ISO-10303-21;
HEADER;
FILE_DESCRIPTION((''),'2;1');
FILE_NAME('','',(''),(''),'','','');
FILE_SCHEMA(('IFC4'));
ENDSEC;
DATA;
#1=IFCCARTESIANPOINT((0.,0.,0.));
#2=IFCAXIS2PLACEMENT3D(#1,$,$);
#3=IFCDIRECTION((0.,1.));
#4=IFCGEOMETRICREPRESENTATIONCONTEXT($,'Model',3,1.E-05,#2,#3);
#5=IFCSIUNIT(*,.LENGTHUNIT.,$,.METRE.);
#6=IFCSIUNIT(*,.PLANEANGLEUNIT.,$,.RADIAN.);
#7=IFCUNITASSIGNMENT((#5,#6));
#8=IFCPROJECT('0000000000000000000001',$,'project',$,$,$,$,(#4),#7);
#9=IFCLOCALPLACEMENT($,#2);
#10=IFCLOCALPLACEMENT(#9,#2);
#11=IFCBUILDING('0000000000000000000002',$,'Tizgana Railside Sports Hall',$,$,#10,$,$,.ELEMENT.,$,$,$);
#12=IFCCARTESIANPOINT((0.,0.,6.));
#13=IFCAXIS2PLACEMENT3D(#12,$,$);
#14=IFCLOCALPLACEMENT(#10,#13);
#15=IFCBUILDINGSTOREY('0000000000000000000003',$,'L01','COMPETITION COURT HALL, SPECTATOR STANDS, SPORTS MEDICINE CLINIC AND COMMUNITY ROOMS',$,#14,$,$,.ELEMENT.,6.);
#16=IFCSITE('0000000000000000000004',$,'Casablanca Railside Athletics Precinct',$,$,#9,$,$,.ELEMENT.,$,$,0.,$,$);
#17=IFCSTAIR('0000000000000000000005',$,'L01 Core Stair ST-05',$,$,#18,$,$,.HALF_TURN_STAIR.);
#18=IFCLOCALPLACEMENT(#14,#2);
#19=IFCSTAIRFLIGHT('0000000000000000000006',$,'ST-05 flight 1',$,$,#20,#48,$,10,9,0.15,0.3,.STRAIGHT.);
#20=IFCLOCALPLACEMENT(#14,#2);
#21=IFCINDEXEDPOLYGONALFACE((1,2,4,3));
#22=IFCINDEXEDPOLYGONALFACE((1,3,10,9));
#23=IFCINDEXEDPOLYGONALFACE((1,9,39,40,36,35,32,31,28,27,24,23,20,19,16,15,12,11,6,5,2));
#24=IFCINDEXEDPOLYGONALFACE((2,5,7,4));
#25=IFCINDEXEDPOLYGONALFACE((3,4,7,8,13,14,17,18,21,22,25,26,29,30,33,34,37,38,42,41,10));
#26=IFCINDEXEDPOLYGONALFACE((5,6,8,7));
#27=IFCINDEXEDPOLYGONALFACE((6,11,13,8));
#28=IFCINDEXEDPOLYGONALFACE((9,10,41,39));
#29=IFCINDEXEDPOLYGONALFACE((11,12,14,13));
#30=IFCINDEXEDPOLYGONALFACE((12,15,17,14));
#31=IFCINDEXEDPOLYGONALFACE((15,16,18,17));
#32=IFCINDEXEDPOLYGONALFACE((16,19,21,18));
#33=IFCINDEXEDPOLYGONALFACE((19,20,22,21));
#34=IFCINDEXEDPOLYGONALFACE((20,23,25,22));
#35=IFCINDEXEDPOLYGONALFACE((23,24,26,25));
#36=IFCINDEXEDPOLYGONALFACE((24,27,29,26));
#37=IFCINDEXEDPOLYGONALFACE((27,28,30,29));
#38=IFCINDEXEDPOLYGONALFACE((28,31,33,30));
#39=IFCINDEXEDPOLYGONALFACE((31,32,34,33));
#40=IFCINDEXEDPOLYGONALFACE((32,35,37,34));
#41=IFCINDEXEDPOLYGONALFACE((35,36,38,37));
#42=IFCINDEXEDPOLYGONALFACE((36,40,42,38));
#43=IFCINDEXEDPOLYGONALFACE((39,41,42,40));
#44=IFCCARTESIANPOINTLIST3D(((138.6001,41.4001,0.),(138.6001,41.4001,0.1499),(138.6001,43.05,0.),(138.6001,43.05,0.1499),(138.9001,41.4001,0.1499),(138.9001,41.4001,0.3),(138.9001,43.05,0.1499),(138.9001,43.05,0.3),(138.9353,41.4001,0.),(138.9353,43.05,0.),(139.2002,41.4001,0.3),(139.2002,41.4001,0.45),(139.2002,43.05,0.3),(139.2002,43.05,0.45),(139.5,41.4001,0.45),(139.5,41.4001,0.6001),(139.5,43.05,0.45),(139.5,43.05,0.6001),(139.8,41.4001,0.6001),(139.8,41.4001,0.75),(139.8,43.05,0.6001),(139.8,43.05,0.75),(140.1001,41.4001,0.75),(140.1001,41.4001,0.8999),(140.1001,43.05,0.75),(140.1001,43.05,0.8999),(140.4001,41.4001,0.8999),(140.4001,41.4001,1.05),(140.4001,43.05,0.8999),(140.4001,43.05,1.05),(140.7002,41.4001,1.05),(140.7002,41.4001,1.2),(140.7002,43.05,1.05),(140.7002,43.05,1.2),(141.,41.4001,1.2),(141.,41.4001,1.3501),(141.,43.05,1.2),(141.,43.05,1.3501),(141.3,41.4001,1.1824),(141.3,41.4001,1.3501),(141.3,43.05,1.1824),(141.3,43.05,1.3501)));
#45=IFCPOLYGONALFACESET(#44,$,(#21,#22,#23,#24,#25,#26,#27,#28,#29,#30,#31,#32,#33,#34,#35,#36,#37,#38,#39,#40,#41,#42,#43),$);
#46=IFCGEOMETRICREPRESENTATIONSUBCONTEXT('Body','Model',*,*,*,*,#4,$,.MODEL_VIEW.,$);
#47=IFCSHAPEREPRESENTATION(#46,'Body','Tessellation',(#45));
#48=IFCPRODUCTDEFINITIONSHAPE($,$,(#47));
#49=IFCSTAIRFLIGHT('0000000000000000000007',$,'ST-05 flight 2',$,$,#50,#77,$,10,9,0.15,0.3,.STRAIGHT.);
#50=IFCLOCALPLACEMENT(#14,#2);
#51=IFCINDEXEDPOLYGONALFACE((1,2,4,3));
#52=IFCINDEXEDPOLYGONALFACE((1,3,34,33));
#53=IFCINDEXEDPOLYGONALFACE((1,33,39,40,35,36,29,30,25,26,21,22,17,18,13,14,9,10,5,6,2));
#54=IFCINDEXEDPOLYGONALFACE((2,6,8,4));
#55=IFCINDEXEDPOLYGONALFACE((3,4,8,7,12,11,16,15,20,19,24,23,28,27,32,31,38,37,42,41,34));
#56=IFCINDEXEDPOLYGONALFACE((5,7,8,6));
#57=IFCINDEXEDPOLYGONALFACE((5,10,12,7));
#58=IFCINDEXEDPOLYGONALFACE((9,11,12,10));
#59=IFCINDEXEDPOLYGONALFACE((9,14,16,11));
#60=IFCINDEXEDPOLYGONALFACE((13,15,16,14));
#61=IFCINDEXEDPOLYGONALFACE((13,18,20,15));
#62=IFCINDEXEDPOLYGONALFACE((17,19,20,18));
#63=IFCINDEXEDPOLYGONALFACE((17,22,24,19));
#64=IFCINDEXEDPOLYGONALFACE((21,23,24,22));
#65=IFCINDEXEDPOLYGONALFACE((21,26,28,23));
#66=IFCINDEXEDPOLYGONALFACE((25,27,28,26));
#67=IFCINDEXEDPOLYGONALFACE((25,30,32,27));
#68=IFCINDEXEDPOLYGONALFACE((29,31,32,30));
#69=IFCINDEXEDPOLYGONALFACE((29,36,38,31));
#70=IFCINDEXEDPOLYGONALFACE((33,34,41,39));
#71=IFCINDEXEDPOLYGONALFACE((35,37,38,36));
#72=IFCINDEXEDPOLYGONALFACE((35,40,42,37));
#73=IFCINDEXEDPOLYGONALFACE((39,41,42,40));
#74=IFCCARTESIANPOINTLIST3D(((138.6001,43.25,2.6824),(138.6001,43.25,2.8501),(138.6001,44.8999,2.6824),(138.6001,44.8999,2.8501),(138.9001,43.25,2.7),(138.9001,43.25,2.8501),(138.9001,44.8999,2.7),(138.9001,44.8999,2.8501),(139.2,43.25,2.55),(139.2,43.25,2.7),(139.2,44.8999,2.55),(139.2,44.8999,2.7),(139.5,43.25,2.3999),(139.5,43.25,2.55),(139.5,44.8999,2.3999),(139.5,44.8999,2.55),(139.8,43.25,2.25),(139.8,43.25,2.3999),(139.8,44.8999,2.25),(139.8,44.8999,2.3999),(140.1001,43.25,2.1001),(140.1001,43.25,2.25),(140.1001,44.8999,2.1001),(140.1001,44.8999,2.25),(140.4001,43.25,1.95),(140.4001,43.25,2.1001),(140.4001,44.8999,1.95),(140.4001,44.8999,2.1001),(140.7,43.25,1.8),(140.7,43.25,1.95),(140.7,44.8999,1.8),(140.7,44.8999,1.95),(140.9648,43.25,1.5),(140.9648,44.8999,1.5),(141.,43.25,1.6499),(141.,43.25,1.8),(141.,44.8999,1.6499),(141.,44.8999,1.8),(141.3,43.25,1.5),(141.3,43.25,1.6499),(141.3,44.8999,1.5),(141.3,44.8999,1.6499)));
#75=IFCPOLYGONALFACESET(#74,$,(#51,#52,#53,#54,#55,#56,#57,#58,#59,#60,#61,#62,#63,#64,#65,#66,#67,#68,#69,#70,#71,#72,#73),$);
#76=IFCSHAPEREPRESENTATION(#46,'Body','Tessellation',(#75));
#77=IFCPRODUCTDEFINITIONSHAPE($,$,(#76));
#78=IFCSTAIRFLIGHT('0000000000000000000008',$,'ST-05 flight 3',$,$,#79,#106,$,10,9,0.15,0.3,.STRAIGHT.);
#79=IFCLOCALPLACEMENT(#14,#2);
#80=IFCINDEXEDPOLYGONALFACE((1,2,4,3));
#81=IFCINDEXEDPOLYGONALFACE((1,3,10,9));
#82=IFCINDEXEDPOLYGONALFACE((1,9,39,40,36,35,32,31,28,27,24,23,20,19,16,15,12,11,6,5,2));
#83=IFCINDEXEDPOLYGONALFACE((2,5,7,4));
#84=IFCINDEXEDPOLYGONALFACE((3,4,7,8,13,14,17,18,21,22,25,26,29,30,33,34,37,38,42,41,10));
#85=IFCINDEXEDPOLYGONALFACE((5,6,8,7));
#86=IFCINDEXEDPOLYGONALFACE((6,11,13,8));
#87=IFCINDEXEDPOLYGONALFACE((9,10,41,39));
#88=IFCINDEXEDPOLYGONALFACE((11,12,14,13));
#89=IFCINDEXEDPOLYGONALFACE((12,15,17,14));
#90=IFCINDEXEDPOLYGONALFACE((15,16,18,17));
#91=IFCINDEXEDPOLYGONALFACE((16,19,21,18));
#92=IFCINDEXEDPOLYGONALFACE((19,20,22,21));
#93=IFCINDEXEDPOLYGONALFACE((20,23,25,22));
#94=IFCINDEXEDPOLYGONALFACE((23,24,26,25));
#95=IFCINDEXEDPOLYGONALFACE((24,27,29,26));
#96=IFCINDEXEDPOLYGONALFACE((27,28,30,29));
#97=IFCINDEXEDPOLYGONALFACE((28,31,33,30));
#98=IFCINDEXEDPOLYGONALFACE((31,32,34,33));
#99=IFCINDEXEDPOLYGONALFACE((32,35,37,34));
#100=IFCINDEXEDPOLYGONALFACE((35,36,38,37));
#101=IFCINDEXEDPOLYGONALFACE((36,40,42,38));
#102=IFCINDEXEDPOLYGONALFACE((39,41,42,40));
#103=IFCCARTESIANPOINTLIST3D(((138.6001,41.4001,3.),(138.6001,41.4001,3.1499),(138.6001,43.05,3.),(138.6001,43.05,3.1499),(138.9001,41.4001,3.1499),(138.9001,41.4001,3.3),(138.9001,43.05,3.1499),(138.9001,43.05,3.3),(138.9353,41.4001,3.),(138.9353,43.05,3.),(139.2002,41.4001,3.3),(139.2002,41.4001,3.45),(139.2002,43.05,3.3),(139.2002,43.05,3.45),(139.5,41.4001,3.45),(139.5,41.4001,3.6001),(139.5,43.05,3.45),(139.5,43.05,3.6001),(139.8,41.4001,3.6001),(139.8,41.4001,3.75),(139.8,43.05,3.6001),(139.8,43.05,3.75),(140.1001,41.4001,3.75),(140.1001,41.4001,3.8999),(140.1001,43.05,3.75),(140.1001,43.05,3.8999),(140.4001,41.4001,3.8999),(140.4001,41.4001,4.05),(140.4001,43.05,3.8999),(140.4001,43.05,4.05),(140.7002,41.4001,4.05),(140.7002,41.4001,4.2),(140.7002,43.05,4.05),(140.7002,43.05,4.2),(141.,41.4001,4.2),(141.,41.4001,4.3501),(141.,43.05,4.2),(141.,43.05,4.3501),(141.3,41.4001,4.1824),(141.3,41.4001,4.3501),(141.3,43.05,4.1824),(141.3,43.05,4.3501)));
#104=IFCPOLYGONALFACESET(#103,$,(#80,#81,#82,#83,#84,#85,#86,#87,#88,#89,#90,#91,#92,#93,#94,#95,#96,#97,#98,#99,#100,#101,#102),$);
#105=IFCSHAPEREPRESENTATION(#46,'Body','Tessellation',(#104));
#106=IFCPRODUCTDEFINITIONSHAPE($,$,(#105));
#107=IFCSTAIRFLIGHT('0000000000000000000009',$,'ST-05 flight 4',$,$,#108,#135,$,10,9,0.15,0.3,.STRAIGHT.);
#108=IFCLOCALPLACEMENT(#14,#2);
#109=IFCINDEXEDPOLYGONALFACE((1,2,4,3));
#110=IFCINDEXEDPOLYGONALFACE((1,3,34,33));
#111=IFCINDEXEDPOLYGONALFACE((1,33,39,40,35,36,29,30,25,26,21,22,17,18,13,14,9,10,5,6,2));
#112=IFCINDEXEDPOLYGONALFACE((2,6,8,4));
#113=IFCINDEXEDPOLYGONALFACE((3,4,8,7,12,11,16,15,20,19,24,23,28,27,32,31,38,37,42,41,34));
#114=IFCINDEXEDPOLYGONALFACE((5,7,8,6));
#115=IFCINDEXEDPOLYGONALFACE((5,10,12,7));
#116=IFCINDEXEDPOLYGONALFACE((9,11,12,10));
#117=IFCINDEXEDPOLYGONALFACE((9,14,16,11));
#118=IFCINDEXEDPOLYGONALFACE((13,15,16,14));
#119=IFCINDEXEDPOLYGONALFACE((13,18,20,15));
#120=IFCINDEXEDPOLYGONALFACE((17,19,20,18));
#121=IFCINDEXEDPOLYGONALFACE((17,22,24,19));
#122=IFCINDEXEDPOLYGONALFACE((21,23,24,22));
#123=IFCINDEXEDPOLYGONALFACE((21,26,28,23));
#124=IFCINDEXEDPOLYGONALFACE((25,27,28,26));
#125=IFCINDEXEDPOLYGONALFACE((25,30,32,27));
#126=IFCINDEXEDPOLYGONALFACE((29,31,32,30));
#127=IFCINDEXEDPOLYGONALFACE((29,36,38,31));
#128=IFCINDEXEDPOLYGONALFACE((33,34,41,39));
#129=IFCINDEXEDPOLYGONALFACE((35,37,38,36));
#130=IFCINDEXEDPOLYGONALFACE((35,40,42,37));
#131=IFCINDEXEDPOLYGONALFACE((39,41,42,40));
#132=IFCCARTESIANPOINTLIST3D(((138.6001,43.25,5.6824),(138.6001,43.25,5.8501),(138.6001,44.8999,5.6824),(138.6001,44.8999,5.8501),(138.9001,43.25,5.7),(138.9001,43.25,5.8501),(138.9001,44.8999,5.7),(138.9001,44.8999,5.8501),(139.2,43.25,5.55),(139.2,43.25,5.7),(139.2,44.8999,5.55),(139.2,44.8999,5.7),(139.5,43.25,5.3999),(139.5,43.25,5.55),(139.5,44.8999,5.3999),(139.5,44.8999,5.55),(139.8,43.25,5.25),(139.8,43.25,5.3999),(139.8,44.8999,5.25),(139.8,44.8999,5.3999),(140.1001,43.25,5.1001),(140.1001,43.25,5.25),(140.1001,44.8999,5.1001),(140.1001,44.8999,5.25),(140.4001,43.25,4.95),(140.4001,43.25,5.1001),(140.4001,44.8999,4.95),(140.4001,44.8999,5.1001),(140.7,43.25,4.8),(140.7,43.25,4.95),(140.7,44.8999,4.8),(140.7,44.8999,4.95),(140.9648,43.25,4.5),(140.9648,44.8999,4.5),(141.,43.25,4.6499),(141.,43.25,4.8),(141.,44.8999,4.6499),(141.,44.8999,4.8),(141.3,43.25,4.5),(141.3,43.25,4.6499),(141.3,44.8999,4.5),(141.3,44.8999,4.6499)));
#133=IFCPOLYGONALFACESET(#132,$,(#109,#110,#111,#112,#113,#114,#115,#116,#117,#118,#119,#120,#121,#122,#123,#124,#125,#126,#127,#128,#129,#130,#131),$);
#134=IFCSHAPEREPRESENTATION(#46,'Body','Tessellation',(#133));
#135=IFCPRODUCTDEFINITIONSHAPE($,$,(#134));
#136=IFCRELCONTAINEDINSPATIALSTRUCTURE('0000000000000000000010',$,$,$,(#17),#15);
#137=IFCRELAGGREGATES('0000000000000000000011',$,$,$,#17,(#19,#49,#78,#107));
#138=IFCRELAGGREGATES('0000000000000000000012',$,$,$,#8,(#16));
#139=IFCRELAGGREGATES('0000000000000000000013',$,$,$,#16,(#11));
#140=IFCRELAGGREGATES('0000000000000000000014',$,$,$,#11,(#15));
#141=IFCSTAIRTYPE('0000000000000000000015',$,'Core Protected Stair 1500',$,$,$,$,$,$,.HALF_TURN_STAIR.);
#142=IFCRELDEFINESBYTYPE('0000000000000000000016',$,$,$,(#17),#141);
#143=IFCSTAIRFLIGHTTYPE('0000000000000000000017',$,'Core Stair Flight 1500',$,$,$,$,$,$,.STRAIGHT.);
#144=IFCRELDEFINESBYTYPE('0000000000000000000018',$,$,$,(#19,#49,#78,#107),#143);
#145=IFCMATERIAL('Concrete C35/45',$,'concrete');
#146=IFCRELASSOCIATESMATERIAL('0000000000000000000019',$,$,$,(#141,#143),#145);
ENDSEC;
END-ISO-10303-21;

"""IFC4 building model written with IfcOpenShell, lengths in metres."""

from ifc_helpers import new_model, si_unit, direction, frame, origin, place, context, subcontext, project, spatial, polyline, outline, extrude, material, type_object, element, aggregate, save


model = new_model("IFC4")

# Units and contexts
model_context = context("Model", 3, precision=1e-05, world=origin(), true_north=direction((0.0, 1.0)))
body_context = subcontext(model_context, "Body", "Model", "MODEL_VIEW")
ifc_project = project(units=[si_unit("LENGTHUNIT", "METRE"), si_unit("PLANEANGLEUNIT", "RADIAN")], contexts=[model_context])

# Site, building, storey
site_placement = place(None, origin())
site = spatial("IfcSite", under=ifc_project, at=site_placement, Name="Casablanca Railside Athletics Precinct", CompositionType="ELEMENT", RefElevation=0.0)
building_placement = place(site_placement, origin())
building = spatial("IfcBuilding", under=site, at=building_placement, Name="Tizgana Railside Sports Hall", CompositionType="ELEMENT")
storey_placement = place(building_placement, frame((0.0, 0.0, 6.0)))
storey = spatial("IfcBuildingStorey", under=building, at=storey_placement, Name="L01", Description="COMPETITION COURT HALL, SPECTATOR STANDS, SPORTS MEDICINE CLINIC AND COMMUNITY ROOMS", CompositionType="ELEMENT", Elevation=6.0)

# Shared definitions
ifc_material_1 = material(Name="Concrete C35/45", Category="concrete")

# Stair, stair flights
stair_type = type_object("IfcStairType", Name="Core Protected Stair 1500", PredefinedType="HALF_TURN_STAIR", material=ifc_material_1)
stair_placement = place(storey_placement, origin())
stair = element("IfcStair", 1, at=stair_placement, inside=storey, type_object=stair_type, Name="L01 Core Stair ST-05", PredefinedType="HALF_TURN_STAIR")
stair_flight_type = type_object("IfcStairFlightType", Name="Core Stair Flight 1500", PredefinedType="STRAIGHT", material=ifc_material_1)
stair_flight_1_placement = place(storey_placement, frame((138.6001, 42.2251, 0.0), z_axis=(0.0, 0.0, 1.0), x_axis=(1.0, 0.0, 0.0)))
stair_flight_1 = element("IfcStairFlight", 2, at=stair_flight_1_placement, type_object=stair_flight_type, Name="ST-05 flight 1", NumberOfRisers=10, NumberOfTreads=9, PredefinedType="STRAIGHT", RiserHeight=0.15, TreadLength=0.3, context=body_context, shape_type="SweptSolid", body=[
    extrude(outline(polyline([(0.0, 0.0), (0.0, 0.1499), (0.3, 0.1499), (0.3, 0.3), (0.6001, 0.3), (0.6001, 0.45), (0.8999, 0.45), (0.8999, 0.6001), (1.2, 0.6001), (1.2, 0.75), (1.5, 0.75), (1.5, 0.8999), (1.8, 0.8999), (1.8, 1.05), (2.1001, 1.05), (2.1001, 1.2), (2.3999, 1.2), (2.3999, 1.3501), (2.7, 1.3501), (2.7, 1.5), (2.7, 1.1824), (0.3352, 0.0), (0.0, 0.0)])), frame((0.0, 0.825, 0.0), z_axis=(0.0, -1.0, 0.0), x_axis=(1.0, 0.0, 0.0)), (0.0, 0.0, 1.0), 1.6499),
])
stair_flight_2_placement = place(storey_placement, frame((141.3, 44.075, 1.5), z_axis=(0.0, 0.0, 1.0), x_axis=(-1.0, 0.0, 0.0)))
stair_flight_2 = element("IfcStairFlight", 3, at=stair_flight_2_placement, type_object=stair_flight_type, Name="ST-05 flight 2", NumberOfRisers=10, NumberOfTreads=9, PredefinedType="STRAIGHT", RiserHeight=0.15, TreadLength=0.3, context=body_context, shape_type="SweptSolid", body=[
    extrude(outline(polyline([(0.0, 0.0), (0.0, 0.1499), (0.3, 0.1499), (0.3, 0.3), (0.6001, 0.3), (0.6001, 0.45), (0.8999, 0.45), (0.8999, 0.6001), (1.2, 0.6001), (1.2, 0.75), (1.5, 0.75), (1.5, 0.8999), (1.8, 0.8999), (1.8, 1.05), (2.1001, 1.05), (2.1001, 1.2), (2.3999, 1.2), (2.3999, 1.3501), (2.7, 1.3501), (2.7, 1.5), (2.7, 1.1824), (0.3352, 0.0), (0.0, 0.0)])), frame((0.0, 0.825, 0.0), z_axis=(0.0, -1.0, 0.0), x_axis=(1.0, 0.0, 0.0)), (0.0, 0.0, 1.0), 1.6499),
])
stair_flight_3_placement = place(storey_placement, frame((138.6001, 42.2251, 3.0), z_axis=(0.0, 0.0, 1.0), x_axis=(1.0, 0.0, 0.0)))
stair_flight_3 = element("IfcStairFlight", 4, at=stair_flight_3_placement, type_object=stair_flight_type, Name="ST-05 flight 3", NumberOfRisers=10, NumberOfTreads=9, PredefinedType="STRAIGHT", RiserHeight=0.15, TreadLength=0.3, context=body_context, shape_type="SweptSolid", body=[
    extrude(outline(polyline([(0.0, 0.0), (0.0, 0.1499), (0.3, 0.1499), (0.3, 0.3), (0.6001, 0.3), (0.6001, 0.45), (0.8999, 0.45), (0.8999, 0.6001), (1.2, 0.6001), (1.2, 0.75), (1.5, 0.75), (1.5, 0.8999), (1.8, 0.8999), (1.8, 1.05), (2.1001, 1.05), (2.1001, 1.2), (2.3999, 1.2), (2.3999, 1.3501), (2.7, 1.3501), (2.7, 1.5), (2.7, 1.1824), (0.3352, 0.0), (0.0, 0.0)])), frame((0.0, 0.825, 0.0), z_axis=(0.0, -1.0, 0.0), x_axis=(1.0, 0.0, 0.0)), (0.0, 0.0, 1.0), 1.6499),
])
stair_flight_4_placement = place(storey_placement, frame((141.3, 44.075, 4.5), z_axis=(0.0, 0.0, 1.0), x_axis=(-1.0, 0.0, 0.0)))
stair_flight_4 = element("IfcStairFlight", 5, at=stair_flight_4_placement, type_object=stair_flight_type, Name="ST-05 flight 4", NumberOfRisers=10, NumberOfTreads=9, PredefinedType="STRAIGHT", RiserHeight=0.15, TreadLength=0.3, context=body_context, shape_type="SweptSolid", body=[
    extrude(outline(polyline([(0.0, 0.0), (0.0, 0.1499), (0.3, 0.1499), (0.3, 0.3), (0.6001, 0.3), (0.6001, 0.45), (0.8999, 0.45), (0.8999, 0.6001), (1.2, 0.6001), (1.2, 0.75), (1.5, 0.75), (1.5, 0.8999), (1.8, 0.8999), (1.8, 1.05), (2.1001, 1.05), (2.1001, 1.2), (2.3999, 1.2), (2.3999, 1.3501), (2.7, 1.3501), (2.7, 1.5), (2.7, 1.1824), (0.3352, 0.0), (0.0, 0.0)])), frame((0.0, 0.825, 0.0), z_axis=(0.0, -1.0, 0.0), x_axis=(1.0, 0.0, 0.0)), (0.0, 0.0, 1.0), 1.6499),
])
aggregate(stair, [stair_flight_1, stair_flight_2, stair_flight_3, stair_flight_4])

save(model, "model.ifc")
